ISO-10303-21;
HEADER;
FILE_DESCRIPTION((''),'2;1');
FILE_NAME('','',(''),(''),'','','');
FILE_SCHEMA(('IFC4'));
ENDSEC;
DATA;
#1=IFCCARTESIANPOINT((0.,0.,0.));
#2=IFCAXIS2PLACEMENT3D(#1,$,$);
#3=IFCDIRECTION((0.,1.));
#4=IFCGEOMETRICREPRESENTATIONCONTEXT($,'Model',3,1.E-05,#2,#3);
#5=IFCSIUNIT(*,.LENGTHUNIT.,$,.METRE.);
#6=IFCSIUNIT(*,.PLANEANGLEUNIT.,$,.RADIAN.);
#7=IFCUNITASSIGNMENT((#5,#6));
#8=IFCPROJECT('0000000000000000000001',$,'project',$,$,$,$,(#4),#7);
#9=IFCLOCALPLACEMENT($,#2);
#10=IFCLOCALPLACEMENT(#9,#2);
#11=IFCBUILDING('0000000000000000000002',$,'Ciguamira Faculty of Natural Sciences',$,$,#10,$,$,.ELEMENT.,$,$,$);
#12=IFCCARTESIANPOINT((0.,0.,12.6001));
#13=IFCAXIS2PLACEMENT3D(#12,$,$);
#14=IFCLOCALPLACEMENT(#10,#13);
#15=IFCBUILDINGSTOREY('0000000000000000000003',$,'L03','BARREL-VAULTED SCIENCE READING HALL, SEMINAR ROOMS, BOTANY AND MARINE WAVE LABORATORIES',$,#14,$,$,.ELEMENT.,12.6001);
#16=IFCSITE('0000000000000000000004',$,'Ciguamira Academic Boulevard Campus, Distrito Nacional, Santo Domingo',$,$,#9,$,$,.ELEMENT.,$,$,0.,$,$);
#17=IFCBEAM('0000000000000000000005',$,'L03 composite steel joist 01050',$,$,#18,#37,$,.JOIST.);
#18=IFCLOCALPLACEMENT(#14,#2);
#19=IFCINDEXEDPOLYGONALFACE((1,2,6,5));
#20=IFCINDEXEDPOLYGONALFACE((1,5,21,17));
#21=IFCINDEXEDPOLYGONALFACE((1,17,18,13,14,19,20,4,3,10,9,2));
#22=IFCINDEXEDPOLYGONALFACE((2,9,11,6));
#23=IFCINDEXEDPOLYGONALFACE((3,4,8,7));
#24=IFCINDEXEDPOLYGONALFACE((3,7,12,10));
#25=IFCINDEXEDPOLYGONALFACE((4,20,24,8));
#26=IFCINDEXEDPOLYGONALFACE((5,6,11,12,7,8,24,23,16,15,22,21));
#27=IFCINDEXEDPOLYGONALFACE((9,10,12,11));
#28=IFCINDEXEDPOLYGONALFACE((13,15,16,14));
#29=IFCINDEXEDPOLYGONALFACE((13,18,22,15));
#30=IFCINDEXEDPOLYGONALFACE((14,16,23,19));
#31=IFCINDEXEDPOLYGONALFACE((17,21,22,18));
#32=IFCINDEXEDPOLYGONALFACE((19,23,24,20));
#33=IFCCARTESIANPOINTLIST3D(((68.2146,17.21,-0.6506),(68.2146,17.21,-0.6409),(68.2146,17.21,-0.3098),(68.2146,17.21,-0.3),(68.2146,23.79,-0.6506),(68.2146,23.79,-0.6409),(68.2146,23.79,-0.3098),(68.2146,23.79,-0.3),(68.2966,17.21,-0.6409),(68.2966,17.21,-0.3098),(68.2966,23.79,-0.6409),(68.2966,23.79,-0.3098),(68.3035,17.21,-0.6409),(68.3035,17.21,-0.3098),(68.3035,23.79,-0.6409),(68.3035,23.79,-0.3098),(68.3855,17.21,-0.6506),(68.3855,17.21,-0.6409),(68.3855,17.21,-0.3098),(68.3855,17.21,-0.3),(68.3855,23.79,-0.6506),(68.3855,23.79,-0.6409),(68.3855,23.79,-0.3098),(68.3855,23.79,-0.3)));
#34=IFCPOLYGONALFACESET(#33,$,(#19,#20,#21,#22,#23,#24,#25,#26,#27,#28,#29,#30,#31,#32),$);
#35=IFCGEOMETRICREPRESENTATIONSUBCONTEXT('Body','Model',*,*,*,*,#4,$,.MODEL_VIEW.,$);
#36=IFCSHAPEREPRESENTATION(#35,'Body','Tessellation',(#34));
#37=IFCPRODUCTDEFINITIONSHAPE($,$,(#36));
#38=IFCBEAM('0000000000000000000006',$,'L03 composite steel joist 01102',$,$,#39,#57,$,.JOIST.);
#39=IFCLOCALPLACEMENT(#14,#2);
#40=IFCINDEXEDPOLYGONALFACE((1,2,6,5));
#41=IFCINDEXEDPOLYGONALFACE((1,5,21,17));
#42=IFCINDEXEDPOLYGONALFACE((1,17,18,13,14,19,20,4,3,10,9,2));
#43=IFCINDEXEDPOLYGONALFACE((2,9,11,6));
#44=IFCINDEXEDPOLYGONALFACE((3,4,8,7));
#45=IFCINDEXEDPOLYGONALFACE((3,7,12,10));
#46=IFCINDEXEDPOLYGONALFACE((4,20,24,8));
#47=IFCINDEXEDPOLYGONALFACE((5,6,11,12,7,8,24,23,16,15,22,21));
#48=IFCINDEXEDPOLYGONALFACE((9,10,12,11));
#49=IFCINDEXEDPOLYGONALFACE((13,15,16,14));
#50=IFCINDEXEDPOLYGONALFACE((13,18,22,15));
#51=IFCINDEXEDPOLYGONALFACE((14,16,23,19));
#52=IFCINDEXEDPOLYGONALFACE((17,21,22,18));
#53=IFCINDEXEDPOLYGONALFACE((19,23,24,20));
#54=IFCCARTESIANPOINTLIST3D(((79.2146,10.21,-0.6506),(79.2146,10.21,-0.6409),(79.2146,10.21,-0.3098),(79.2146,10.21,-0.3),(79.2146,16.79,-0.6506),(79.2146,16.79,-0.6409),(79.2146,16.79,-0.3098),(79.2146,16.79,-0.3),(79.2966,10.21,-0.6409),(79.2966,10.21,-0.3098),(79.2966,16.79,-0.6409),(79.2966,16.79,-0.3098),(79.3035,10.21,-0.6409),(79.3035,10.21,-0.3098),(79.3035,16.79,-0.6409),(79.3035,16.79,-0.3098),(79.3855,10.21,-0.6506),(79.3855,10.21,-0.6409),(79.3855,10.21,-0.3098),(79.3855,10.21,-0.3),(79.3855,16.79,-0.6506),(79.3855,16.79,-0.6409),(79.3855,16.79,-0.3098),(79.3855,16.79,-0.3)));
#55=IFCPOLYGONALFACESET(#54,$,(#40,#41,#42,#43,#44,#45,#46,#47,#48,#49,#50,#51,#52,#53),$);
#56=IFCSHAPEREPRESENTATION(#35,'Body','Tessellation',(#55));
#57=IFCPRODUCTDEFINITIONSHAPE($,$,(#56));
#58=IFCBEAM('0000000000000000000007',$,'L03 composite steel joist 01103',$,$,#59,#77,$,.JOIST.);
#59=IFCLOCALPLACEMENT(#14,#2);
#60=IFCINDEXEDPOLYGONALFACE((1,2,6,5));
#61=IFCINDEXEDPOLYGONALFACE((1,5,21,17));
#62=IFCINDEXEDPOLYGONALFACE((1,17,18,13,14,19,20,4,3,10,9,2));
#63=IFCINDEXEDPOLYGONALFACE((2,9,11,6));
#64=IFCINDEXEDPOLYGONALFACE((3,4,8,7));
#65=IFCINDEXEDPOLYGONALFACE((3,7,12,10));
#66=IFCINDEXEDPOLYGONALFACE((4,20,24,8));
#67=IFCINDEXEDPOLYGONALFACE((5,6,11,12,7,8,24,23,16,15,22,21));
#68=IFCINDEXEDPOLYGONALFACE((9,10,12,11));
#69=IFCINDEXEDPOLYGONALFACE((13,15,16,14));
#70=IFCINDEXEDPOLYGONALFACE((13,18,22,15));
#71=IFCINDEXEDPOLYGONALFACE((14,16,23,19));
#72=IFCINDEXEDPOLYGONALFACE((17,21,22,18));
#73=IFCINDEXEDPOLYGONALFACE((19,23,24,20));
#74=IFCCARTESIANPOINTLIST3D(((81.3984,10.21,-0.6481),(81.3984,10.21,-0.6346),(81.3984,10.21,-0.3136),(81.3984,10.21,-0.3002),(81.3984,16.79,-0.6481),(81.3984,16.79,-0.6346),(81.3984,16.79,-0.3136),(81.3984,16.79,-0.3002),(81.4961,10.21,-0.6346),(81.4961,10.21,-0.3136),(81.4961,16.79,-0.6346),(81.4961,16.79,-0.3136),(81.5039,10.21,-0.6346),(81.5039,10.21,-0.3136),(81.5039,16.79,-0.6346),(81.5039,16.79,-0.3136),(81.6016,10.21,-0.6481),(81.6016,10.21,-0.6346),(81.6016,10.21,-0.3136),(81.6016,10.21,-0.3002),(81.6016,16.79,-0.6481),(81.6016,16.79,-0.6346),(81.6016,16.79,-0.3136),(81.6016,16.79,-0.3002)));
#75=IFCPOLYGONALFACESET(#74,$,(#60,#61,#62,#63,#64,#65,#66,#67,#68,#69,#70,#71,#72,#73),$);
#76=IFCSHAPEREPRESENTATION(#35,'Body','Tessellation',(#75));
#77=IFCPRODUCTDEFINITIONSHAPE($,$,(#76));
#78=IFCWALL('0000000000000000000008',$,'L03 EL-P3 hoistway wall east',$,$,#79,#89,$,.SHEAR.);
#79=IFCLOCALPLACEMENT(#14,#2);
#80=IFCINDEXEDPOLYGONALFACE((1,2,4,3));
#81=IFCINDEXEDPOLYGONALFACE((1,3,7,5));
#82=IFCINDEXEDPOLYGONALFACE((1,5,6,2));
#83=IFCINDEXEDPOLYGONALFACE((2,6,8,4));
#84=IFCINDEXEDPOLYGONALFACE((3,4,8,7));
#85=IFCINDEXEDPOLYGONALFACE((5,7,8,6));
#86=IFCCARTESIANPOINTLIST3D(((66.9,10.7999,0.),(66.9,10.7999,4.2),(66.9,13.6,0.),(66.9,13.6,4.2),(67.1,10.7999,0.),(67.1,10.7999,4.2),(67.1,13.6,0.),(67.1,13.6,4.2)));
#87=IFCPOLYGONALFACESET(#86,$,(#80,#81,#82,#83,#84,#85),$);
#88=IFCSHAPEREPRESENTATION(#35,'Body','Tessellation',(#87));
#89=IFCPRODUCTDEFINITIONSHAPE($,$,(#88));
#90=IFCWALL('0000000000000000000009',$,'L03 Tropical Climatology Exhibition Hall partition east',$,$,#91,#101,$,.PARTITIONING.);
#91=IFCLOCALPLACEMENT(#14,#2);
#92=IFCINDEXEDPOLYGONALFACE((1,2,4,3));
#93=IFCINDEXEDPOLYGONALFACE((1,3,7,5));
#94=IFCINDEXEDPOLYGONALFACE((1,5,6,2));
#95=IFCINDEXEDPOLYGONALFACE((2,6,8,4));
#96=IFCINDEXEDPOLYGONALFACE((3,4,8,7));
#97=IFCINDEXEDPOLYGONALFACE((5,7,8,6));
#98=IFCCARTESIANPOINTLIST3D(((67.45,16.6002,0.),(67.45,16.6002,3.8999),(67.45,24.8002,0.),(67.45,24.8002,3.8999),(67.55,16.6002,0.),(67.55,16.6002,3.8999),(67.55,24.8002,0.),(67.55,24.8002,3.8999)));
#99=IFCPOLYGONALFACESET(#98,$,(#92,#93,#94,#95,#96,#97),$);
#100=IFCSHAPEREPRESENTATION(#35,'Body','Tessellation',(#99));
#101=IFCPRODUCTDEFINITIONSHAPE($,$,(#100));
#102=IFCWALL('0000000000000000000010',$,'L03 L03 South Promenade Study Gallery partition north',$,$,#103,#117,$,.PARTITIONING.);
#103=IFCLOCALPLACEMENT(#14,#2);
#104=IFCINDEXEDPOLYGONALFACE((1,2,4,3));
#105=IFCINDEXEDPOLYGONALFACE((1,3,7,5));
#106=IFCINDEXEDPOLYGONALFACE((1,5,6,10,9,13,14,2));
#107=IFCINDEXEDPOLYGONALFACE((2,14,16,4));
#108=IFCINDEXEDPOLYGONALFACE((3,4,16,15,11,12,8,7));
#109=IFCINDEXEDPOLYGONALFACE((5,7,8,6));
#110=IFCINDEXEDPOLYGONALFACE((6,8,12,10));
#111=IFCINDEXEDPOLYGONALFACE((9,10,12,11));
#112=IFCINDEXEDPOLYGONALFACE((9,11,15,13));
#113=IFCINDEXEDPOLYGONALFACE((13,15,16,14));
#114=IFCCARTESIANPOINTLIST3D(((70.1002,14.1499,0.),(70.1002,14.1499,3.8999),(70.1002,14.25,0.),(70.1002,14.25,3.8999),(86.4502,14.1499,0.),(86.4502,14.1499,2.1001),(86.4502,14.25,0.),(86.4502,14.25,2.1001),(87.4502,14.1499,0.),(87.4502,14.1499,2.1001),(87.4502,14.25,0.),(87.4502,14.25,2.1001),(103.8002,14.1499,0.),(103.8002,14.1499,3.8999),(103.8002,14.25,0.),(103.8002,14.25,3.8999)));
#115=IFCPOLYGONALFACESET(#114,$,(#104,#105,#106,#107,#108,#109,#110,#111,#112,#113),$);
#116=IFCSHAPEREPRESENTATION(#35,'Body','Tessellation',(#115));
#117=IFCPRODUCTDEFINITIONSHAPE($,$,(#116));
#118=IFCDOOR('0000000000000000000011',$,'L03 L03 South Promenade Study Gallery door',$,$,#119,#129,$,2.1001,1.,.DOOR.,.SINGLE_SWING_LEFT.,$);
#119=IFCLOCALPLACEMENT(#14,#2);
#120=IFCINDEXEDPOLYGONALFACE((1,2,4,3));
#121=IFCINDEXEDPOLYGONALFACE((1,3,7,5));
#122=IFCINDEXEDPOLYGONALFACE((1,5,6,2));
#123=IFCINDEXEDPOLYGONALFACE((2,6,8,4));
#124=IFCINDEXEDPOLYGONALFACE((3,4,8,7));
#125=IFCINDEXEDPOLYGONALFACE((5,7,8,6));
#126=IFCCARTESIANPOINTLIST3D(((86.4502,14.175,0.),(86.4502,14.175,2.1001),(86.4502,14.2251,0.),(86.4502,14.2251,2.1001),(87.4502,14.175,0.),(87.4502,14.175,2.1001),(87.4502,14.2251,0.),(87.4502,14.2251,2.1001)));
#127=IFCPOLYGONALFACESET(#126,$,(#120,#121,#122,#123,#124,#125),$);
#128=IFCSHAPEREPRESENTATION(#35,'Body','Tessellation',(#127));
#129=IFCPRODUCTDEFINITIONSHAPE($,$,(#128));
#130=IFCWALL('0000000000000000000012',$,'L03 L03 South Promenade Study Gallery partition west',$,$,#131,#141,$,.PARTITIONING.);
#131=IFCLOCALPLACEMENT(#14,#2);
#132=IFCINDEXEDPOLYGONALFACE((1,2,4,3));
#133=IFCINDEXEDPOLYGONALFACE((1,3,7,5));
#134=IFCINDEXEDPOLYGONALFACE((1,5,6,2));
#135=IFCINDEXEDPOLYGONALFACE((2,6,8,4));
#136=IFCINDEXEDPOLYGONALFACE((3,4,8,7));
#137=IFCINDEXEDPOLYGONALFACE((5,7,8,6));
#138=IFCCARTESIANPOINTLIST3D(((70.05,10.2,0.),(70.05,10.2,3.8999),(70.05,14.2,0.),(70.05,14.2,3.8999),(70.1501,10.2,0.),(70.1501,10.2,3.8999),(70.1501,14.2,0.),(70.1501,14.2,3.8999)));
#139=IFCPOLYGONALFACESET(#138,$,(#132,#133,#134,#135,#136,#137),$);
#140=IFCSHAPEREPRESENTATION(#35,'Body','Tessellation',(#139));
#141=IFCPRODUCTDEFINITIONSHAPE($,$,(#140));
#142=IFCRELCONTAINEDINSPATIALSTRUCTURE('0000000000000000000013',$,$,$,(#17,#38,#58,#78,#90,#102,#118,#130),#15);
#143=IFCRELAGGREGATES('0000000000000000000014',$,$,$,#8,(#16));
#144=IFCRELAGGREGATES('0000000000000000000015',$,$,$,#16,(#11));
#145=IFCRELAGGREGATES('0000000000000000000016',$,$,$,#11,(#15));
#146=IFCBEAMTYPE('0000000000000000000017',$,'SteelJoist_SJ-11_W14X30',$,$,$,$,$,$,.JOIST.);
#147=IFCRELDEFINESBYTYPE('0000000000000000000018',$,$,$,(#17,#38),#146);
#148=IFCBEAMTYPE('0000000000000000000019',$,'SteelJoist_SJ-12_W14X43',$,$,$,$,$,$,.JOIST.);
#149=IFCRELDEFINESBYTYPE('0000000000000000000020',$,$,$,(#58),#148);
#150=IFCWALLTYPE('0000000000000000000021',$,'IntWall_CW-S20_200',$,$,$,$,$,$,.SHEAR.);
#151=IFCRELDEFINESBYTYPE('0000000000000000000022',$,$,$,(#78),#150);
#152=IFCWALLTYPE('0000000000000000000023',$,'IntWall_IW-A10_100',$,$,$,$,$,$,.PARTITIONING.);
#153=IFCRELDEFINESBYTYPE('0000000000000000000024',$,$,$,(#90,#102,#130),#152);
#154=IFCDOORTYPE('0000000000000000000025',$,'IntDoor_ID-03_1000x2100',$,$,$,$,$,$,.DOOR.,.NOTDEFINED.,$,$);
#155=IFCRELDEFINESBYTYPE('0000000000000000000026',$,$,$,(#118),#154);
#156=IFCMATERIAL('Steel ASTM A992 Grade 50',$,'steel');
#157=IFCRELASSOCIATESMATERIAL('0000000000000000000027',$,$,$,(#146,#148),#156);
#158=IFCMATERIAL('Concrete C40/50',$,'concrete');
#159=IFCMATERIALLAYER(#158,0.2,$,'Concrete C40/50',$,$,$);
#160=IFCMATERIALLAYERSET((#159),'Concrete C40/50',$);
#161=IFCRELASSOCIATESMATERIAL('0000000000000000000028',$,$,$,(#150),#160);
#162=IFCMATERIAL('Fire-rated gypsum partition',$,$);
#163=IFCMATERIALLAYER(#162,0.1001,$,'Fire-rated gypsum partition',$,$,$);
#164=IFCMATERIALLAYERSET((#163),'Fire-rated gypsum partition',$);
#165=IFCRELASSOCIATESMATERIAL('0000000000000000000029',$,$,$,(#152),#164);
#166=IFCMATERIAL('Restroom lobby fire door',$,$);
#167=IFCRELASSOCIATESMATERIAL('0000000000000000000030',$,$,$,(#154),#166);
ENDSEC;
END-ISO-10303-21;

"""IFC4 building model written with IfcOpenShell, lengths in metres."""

from ifc_helpers import new_model, si_unit, direction, frame, frame_2d, origin, origin_2d, place, context, subcontext, project, spatial, rectangle, i_section, extrude, material, layer, layer_set, material_profile, profile_set, type_object, element, fill, save


model = new_model("IFC4")

# Units and contexts
model_context = context("Model", 3, precision=1e-05, world=origin(), true_north=direction((0.0, 1.0)))
body_context = subcontext(model_context, "Body", "Model", "MODEL_VIEW")
ifc_project = project(units=[si_unit("LENGTHUNIT", "METRE"), si_unit("PLANEANGLEUNIT", "RADIAN")], contexts=[model_context])

# Site, building, storey
site_placement = place(None, origin())
site = spatial("IfcSite", under=ifc_project, at=site_placement, Name="Ciguamira Academic Boulevard Campus, Distrito Nacional, Santo Domingo", CompositionType="ELEMENT", RefElevation=0.0)
building_placement = place(site_placement, origin())
building = spatial("IfcBuilding", under=site, at=building_placement, Name="Ciguamira Faculty of Natural Sciences", CompositionType="ELEMENT")
storey_placement = place(building_placement, frame((0.0, 0.0, 12.6001)))
storey = spatial("IfcBuildingStorey", under=building, at=storey_placement, Name="L03", Description="BARREL-VAULTED SCIENCE READING HALL, SEMINAR ROOMS, BOTANY AND MARINE WAVE LABORATORIES", CompositionType="ELEMENT", Elevation=12.6001)

# Shared definitions
ifc_material_1 = material(Name="Concrete C40/50", Category="concrete")

# Beams
ifc_material_2 = material(Name="Steel ASTM A992 Grade 50", Category="steel")
ifc_material_profile_1 = material_profile(ifc_material_2, i_section(OverallWidth=0.1709, OverallDepth=0.3506, WebThickness=0.0068, FlangeThickness=0.0098, at=origin_2d()), Name="W14X30")
ifc_profile_set_1 = profile_set([ifc_material_profile_1], Name="Steel ASTM A992 Grade 50")
beam_type_1 = type_object("IfcBeamType", Name="SteelJoist_SJ-11_W14X30", PredefinedType="JOIST", material=ifc_profile_set_1)
for number, where, z_axis, x_axis, name in (
    (1, (68.3, 17.21, -0.4753), (0.0, 1.0, 0.0), (-1.0, 0.0, 0.0), "L03 composite steel joist 01050"),
    (2, (79.3, 10.21, -0.4753), (0.0, 1.0, 0.0), (-1.0, 0.0, 0.0), "L03 composite steel joist 01102"),
):
    element("IfcBeam", number, at=place(storey_placement, frame(where, z_axis=z_axis, x_axis=x_axis)), inside=storey, type_object=beam_type_1, Name=name, PredefinedType="JOIST", context=body_context, shape_type="SweptSolid", body=[
        extrude(i_section(OverallWidth=0.1709, OverallDepth=0.3506, WebThickness=0.0068, FlangeThickness=0.0098, at=origin_2d()), origin(), (0.0, 0.0, 1.0), 6.5801),
    ])
ifc_material_profile_2 = material_profile(ifc_material_2, i_section(OverallWidth=0.2031, OverallDepth=0.3479, WebThickness=0.0078, FlangeThickness=0.0134, at=origin_2d()), Name="W14X43")
ifc_profile_set_2 = profile_set([ifc_material_profile_2], Name="Steel ASTM A992 Grade 50")
beam_type_2 = type_object("IfcBeamType", Name="SteelJoist_SJ-12_W14X43", PredefinedType="JOIST", material=ifc_profile_set_2)
beam_1_placement = place(storey_placement, frame((81.5, 10.21, -0.4741), z_axis=(0.0, 1.0, 0.0), x_axis=(-1.0, 0.0, 0.0)))
element("IfcBeam", 3, at=beam_1_placement, inside=storey, type_object=beam_type_2, Name="L03 composite steel joist 01103", PredefinedType="JOIST", context=body_context, shape_type="SweptSolid", body=[
    extrude(i_section(OverallWidth=0.2031, OverallDepth=0.3479, WebThickness=0.0078, FlangeThickness=0.0134, at=origin_2d()), origin(), (0.0, 0.0, 1.0), 6.5801),
])

# Walls
ifc_layer_1 = layer(ifc_material_1, 0.2, Name="Concrete C40/50")
ifc_layer_set_1 = layer_set([ifc_layer_1], Name="Concrete C40/50")
wall_type_1 = type_object("IfcWallType", Name="IntWall_CW-S20_200", PredefinedType="SHEAR", material=ifc_layer_set_1)
wall_1_placement = place(storey_placement, frame((67.0, 10.8, 0.0), z_axis=(0.0, 0.0, 1.0), x_axis=(0.0, 1.0, 0.0)))
element("IfcWall", 4, at=wall_1_placement, inside=storey, type_object=wall_type_1, Name="L03 EL-P3 hoistway wall east", PredefinedType="SHEAR", context=body_context, shape_type="SweptSolid", body=[
    extrude(rectangle(XDim=2.8, YDim=0.2, at=frame_2d((1.3999, 0.0))), origin(), (0.0, 0.0, 1.0), 4.2),
])
ifc_material_3 = material(Name="Fire-rated gypsum partition")
ifc_layer_2 = layer(ifc_material_3, 0.1001, Name="Fire-rated gypsum partition")
ifc_layer_set_2 = layer_set([ifc_layer_2], Name="Fire-rated gypsum partition")
wall_type_2 = type_object("IfcWallType", Name="IntWall_IW-A10_100", PredefinedType="PARTITIONING", material=ifc_layer_set_2)
wall_2_placement = place(storey_placement, frame((67.5, 16.6001, 0.0), z_axis=(0.0, 0.0, 1.0), x_axis=(0.0, 1.0, 0.0)))
element("IfcWall", 5, at=wall_2_placement, inside=storey, type_object=wall_type_2, Name="L03 Tropical Climatology Exhibition Hall partition east", PredefinedType="PARTITIONING", context=body_context, shape_type="SweptSolid", body=[
    extrude(rectangle(XDim=8.2, YDim=0.1001, at=frame_2d((4.1001, 0.0))), origin(), (0.0, 0.0, 1.0), 3.8999),
])

# Wall, opening, door
wall_3_placement = place(storey_placement, frame((70.1001, 14.2, 0.0), z_axis=(0.0, 0.0, 1.0), x_axis=(1.0, 0.0, 0.0)))
wall_3 = element("IfcWall", 6, at=wall_3_placement, inside=storey, type_object=wall_type_2, Name="L03 L03 South Promenade Study Gallery partition north", PredefinedType="PARTITIONING", context=body_context, shape_type="SweptSolid", body=[
    extrude(rectangle(XDim=33.7, YDim=0.1001, at=frame_2d((16.8501, 0.0))), origin(), (0.0, 0.0, 1.0), 3.8999),
])
opening_placement = place(wall_3_placement, frame((16.3501, 0.0, 0.0)))
opening = element("IfcOpeningElement", 7, at=opening_placement, cuts=wall_3, PredefinedType="OPENING", context=body_context, shape_type="SweptSolid", body=[
    extrude(rectangle(XDim=1.0, YDim=2.1001, at=frame_2d((0.5, 1.05))), frame((0.0, 0.0601, 0.0), z_axis=(0.0, -1.0, 0.0), x_axis=(1.0, 0.0, 0.0)), (0.0, 0.0, 1.0), 0.1201),
])
ifc_material_4 = material(Name="Restroom lobby fire door")
door_type = type_object("IfcDoorType", Name="IntDoor_ID-03_1000x2100", OperationType="NOTDEFINED", PredefinedType="DOOR", material=ifc_material_4)
door_placement = place(opening_placement, frame((1.0, 0.0, 0.0), z_axis=(0.0, 0.0, 1.0), x_axis=(-1.0, 0.0, 0.0)))
door = element("IfcDoor", 8, at=door_placement, inside=storey, type_object=door_type, Name="L03 L03 South Promenade Study Gallery door", OperationType="SINGLE_SWING_LEFT", OverallHeight=2.1001, OverallWidth=1.0, PredefinedType="DOOR", context=body_context, shape_type="SweptSolid", body=[
    extrude(rectangle(XDim=1.0, YDim=2.1001, at=frame_2d((0.5, 1.05))), frame((0.0, 0.0249, 0.0), z_axis=(0.0, -1.0, 0.0), x_axis=(1.0, 0.0, 0.0)), (0.0, 0.0, 1.0), 0.05),
])
fill(opening, door)

# Wall
wall_4_placement = place(storey_placement, frame((70.1001, 10.2, 0.0), z_axis=(0.0, 0.0, 1.0), x_axis=(0.0, 1.0, 0.0)))
element("IfcWall", 9, at=wall_4_placement, inside=storey, type_object=wall_type_2, Name="L03 L03 South Promenade Study Gallery partition west", PredefinedType="PARTITIONING", context=body_context, shape_type="SweptSolid", body=[
    extrude(rectangle(XDim=4.0, YDim=0.1001, at=frame_2d((2.0, 0.0))), origin(), (0.0, 0.0, 1.0), 3.8999),
])

save(model, "model.ifc")
